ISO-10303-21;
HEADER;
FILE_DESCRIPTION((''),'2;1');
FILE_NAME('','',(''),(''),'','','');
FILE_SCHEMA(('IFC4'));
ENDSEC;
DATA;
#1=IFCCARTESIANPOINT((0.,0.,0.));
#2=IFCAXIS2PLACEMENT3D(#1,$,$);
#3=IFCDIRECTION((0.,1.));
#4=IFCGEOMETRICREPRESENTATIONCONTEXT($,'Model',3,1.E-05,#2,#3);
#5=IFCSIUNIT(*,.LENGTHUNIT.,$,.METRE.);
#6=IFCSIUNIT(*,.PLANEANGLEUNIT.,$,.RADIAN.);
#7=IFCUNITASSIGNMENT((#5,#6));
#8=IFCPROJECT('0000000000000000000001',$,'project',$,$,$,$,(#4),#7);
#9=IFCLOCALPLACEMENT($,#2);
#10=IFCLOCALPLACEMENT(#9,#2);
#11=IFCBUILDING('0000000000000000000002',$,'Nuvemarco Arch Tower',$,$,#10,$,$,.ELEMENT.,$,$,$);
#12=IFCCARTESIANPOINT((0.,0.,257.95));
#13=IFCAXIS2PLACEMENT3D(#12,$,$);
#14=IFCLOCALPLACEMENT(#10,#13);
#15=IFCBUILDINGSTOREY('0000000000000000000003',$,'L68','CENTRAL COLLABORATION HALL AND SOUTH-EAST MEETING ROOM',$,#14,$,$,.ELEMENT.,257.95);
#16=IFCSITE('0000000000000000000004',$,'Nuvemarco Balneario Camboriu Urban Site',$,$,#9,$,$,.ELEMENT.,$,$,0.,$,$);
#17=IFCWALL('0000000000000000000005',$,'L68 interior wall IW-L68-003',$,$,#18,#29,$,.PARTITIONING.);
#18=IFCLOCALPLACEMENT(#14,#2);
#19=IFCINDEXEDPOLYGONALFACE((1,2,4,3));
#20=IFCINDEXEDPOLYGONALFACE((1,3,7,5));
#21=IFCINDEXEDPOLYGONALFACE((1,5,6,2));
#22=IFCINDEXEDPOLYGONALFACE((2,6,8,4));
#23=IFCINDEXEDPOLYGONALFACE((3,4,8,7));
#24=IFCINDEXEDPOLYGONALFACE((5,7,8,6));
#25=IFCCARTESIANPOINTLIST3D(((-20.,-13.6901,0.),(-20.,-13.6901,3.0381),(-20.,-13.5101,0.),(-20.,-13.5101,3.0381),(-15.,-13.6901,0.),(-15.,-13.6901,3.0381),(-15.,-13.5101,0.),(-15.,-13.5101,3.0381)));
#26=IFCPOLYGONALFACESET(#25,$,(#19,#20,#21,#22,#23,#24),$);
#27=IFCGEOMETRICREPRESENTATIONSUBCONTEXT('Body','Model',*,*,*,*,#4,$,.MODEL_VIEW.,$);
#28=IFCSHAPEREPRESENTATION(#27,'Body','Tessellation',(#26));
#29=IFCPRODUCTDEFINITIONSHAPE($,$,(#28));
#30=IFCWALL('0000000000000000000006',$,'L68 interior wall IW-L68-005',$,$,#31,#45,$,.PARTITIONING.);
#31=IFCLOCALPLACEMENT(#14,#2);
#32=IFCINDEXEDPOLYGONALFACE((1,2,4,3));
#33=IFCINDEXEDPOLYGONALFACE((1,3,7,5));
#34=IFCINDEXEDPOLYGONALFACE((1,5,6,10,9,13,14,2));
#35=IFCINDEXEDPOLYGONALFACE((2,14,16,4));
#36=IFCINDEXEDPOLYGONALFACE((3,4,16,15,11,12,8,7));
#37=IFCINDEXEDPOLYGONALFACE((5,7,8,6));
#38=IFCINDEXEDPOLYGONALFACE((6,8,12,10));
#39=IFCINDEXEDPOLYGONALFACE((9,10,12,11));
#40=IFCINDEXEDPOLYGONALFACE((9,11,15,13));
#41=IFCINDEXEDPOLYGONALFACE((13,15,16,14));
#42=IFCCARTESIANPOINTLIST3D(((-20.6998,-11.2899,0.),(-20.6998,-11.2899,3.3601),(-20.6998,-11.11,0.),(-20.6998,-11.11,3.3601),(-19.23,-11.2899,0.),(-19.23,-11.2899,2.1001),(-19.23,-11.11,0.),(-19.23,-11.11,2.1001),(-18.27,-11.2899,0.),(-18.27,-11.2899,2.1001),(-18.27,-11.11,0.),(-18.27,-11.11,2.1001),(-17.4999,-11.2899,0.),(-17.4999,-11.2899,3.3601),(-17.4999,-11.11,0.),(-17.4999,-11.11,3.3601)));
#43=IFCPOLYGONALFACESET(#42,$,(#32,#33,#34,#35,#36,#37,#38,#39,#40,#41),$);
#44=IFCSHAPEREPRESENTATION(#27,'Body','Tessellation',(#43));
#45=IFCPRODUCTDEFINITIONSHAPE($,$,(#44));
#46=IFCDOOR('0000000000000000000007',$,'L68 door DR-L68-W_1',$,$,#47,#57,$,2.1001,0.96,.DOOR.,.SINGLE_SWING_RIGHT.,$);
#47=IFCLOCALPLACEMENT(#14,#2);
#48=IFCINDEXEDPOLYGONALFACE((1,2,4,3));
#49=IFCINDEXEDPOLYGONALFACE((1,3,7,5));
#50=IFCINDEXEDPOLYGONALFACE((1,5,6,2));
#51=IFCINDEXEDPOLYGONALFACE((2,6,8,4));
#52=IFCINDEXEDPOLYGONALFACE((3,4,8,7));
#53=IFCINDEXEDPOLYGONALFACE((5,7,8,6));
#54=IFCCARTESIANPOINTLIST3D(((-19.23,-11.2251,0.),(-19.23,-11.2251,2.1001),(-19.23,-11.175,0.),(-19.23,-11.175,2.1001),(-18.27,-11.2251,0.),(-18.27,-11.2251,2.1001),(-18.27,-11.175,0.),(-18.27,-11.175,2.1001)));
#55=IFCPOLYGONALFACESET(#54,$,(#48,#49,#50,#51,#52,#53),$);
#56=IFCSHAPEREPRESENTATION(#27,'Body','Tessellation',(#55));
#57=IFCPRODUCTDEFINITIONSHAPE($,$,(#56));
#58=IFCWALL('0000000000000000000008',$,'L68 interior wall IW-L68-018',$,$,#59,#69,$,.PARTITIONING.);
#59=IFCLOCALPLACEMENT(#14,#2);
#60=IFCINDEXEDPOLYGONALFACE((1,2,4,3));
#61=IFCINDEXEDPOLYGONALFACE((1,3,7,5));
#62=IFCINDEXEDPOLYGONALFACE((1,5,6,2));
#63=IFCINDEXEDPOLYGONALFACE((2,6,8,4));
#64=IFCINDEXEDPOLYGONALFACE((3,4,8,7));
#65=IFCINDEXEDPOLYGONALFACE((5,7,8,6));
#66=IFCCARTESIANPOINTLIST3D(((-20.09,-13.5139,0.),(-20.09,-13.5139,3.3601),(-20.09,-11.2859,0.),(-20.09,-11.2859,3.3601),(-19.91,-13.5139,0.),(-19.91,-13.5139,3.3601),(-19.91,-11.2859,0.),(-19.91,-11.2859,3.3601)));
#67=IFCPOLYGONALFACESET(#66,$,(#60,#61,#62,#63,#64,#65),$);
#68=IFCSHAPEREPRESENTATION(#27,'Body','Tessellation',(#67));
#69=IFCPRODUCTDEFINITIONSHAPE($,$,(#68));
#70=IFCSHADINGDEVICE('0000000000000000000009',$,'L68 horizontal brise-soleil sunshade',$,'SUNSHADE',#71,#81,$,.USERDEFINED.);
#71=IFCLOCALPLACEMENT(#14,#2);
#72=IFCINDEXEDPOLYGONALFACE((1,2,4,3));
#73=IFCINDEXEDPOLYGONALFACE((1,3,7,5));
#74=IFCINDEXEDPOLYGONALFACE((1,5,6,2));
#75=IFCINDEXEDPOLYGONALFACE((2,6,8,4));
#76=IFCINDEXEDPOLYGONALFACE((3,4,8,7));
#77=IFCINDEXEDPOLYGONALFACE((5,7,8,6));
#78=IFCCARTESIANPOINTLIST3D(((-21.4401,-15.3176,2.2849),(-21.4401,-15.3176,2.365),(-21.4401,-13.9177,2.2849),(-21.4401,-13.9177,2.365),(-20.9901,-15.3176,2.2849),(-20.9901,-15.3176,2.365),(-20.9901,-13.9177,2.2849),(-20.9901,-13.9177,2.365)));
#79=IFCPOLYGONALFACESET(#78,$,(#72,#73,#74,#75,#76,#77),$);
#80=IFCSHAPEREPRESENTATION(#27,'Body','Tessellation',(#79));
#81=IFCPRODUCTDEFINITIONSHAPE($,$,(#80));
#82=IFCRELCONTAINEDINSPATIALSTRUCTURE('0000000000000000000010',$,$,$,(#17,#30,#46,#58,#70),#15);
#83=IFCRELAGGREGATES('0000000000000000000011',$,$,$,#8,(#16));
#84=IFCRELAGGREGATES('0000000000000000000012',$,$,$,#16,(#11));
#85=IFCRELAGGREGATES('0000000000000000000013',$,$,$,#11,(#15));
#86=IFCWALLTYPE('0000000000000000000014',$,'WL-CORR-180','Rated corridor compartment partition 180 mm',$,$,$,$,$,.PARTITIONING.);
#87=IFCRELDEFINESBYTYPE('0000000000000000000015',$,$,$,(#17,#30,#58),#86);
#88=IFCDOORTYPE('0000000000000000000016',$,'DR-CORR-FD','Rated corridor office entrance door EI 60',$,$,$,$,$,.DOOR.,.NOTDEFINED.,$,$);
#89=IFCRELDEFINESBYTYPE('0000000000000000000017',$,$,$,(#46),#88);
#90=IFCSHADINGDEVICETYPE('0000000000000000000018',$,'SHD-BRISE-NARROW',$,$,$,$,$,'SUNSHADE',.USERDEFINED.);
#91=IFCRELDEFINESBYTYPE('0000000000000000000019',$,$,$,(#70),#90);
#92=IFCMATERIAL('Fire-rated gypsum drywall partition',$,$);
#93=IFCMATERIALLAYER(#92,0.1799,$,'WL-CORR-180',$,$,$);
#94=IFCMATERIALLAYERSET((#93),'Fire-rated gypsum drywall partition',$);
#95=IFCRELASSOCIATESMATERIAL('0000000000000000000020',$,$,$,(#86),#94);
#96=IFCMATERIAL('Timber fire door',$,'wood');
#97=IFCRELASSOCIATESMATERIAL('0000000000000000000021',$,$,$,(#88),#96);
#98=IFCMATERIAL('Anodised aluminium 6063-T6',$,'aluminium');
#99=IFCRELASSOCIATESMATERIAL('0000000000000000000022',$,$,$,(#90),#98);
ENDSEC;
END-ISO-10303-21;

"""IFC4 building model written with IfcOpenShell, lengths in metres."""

from ifc_helpers import new_model, si_unit, direction, frame, frame_2d, origin, origin_2d, place, context, subcontext, project, spatial, rectangle, extrude, source, transform, mapped, material, layer, layer_set, type_object, type_shapes, element, fill, save


model = new_model("IFC4")

# Units and contexts
model_context = context("Model", 3, precision=1e-05, world=origin(), true_north=direction((0.0, 1.0)))
body_context = subcontext(model_context, "Body", "Model", "MODEL_VIEW")
ifc_project = project(units=[si_unit("LENGTHUNIT", "METRE"), si_unit("PLANEANGLEUNIT", "RADIAN")], contexts=[model_context])

# Site, building, storey
site_placement = place(None, origin())
site = spatial("IfcSite", under=ifc_project, at=site_placement, Name="Nuvemarco Balneario Camboriu Urban Site", CompositionType="ELEMENT", RefElevation=0.0)
building_placement = place(site_placement, origin())
building = spatial("IfcBuilding", under=site, at=building_placement, Name="Nuvemarco Arch Tower", CompositionType="ELEMENT")
storey_placement = place(building_placement, frame((0.0, 0.0, 257.95)))
storey = spatial("IfcBuildingStorey", under=building, at=storey_placement, Name="L68", Description="CENTRAL COLLABORATION HALL AND SOUTH-EAST MEETING ROOM", CompositionType="ELEMENT", Elevation=257.95)

# Wall
ifc_material_1 = material(Name="Fire-rated gypsum drywall partition")
ifc_layer = layer(ifc_material_1, 0.1799, Name="WL-CORR-180")
ifc_layer_set = layer_set([ifc_layer], Name="Fire-rated gypsum drywall partition")
wall_type = type_object("IfcWallType", Name="WL-CORR-180", Description="Rated corridor compartment partition 180 mm", PredefinedType="PARTITIONING", material=ifc_layer_set)
wall_1_placement = place(storey_placement, frame((-20.0, -13.6001, 0.0), z_axis=(0.0, 0.0, 1.0), x_axis=(1.0, 0.0, 0.0)))
element("IfcWall", 1, at=wall_1_placement, inside=storey, type_object=wall_type, Name="L68 interior wall IW-L68-003", PredefinedType="PARTITIONING", context=body_context, shape_type="SweptSolid", body=[
    extrude(rectangle(XDim=5.0, YDim=0.1799, at=frame_2d((2.5, 0.0))), origin(), (0.0, 0.0, 1.0), 3.0381),
])

# Wall, opening, door
wall_2_placement = place(storey_placement, frame((-20.7, -11.2, 0.0), z_axis=(0.0, 0.0, 1.0), x_axis=(1.0, 0.0, 0.0)))
wall_2 = element("IfcWall", 2, at=wall_2_placement, inside=storey, type_object=wall_type, Name="L68 interior wall IW-L68-005", PredefinedType="PARTITIONING", context=body_context, shape_type="SweptSolid", body=[
    extrude(rectangle(XDim=3.2, YDim=0.1799, at=frame_2d((1.6001, 0.0))), origin(), (0.0, 0.0, 1.0), 3.3601),
])
opening_placement = place(wall_2_placement, frame((1.47, 0.0, 0.0)))
opening = element("IfcOpeningElement", 3, at=opening_placement, cuts=wall_2, PredefinedType="OPENING", context=body_context, shape_type="SweptSolid", body=[
    extrude(rectangle(XDim=0.96, YDim=2.1001, at=frame_2d((0.48, 1.05))), frame((0.0, 0.0999, 0.0), z_axis=(0.0, -1.0, 0.0), x_axis=(1.0, 0.0, 0.0)), (0.0, 0.0, 1.0), 0.2),
])
ifc_material_2 = material(Name="Timber fire door", Category="wood")
door_type = type_object("IfcDoorType", Name="DR-CORR-FD", Description="Rated corridor office entrance door EI 60", OperationType="NOTDEFINED", PredefinedType="DOOR", material=ifc_material_2)
shared_shape_1 = source(origin(), body_context, "Body", "SweptSolid", [
    extrude(rectangle(XDim=0.96, YDim=2.1001, at=frame_2d((0.48, 1.05))), frame((0.0, 0.0249, 0.0), z_axis=(0.0, -1.0, 0.0), x_axis=(1.0, 0.0, 0.0)), (0.0, 0.0, 1.0), 0.05),
])
type_shapes(door_type, [shared_shape_1])
door_placement = place(opening_placement, origin())
door = element("IfcDoor", 4, at=door_placement, inside=storey, type_object=door_type, Name="L68 door DR-L68-W_1", OperationType="SINGLE_SWING_RIGHT", OverallHeight=2.1001, OverallWidth=0.96, PredefinedType="DOOR", context=body_context, shape_type="MappedRepresentation", body=[
    mapped(shared_shape_1, transform((0.0, 0.0, 0.0), scale=1.0)),
])
fill(opening, door)

# Wall
wall_3_placement = place(storey_placement, frame((-20.0, -13.5139, 0.0), z_axis=(0.0, 0.0, 1.0), x_axis=(0.0, 1.0, 0.0)))
element("IfcWall", 5, at=wall_3_placement, inside=storey, type_object=wall_type, Name="L68 interior wall IW-L68-018", PredefinedType="PARTITIONING", context=body_context, shape_type="SweptSolid", body=[
    extrude(rectangle(XDim=2.228, YDim=0.1799, at=frame_2d((1.114, 0.0))), origin(), (0.0, 0.0, 1.0), 3.3601),
])

# Shading device
ifc_material_3 = material(Name="Anodised aluminium 6063-T6", Category="aluminium")
shading_device_type = type_object("IfcShadingDeviceType", Name="SHD-BRISE-NARROW", ElementType="SUNSHADE", PredefinedType="USERDEFINED", material=ifc_material_3)
shared_shape_2 = source(origin(), body_context, "Body", "SweptSolid", [
    extrude(rectangle(XDim=1.3999, YDim=0.45, at=origin_2d()), origin(), (0.0, 0.0, 1.0), 0.0801),
])
type_shapes(shading_device_type, [shared_shape_2])
shading_device_placement = place(storey_placement, frame((-21.2151, -14.6177, 2.2849), z_axis=(0.0, 0.0, 1.0), x_axis=(0.0, 1.0, 0.0)))
element("IfcShadingDevice", 6, at=shading_device_placement, inside=storey, type_object=shading_device_type, Name="L68 horizontal brise-soleil sunshade", ObjectType="SUNSHADE", PredefinedType="USERDEFINED", context=body_context, shape_type="MappedRepresentation", body=[
    mapped(shared_shape_2, transform((0.0, 0.0, 0.0), scale=1.0)),
])

save(model, "model.ifc")
